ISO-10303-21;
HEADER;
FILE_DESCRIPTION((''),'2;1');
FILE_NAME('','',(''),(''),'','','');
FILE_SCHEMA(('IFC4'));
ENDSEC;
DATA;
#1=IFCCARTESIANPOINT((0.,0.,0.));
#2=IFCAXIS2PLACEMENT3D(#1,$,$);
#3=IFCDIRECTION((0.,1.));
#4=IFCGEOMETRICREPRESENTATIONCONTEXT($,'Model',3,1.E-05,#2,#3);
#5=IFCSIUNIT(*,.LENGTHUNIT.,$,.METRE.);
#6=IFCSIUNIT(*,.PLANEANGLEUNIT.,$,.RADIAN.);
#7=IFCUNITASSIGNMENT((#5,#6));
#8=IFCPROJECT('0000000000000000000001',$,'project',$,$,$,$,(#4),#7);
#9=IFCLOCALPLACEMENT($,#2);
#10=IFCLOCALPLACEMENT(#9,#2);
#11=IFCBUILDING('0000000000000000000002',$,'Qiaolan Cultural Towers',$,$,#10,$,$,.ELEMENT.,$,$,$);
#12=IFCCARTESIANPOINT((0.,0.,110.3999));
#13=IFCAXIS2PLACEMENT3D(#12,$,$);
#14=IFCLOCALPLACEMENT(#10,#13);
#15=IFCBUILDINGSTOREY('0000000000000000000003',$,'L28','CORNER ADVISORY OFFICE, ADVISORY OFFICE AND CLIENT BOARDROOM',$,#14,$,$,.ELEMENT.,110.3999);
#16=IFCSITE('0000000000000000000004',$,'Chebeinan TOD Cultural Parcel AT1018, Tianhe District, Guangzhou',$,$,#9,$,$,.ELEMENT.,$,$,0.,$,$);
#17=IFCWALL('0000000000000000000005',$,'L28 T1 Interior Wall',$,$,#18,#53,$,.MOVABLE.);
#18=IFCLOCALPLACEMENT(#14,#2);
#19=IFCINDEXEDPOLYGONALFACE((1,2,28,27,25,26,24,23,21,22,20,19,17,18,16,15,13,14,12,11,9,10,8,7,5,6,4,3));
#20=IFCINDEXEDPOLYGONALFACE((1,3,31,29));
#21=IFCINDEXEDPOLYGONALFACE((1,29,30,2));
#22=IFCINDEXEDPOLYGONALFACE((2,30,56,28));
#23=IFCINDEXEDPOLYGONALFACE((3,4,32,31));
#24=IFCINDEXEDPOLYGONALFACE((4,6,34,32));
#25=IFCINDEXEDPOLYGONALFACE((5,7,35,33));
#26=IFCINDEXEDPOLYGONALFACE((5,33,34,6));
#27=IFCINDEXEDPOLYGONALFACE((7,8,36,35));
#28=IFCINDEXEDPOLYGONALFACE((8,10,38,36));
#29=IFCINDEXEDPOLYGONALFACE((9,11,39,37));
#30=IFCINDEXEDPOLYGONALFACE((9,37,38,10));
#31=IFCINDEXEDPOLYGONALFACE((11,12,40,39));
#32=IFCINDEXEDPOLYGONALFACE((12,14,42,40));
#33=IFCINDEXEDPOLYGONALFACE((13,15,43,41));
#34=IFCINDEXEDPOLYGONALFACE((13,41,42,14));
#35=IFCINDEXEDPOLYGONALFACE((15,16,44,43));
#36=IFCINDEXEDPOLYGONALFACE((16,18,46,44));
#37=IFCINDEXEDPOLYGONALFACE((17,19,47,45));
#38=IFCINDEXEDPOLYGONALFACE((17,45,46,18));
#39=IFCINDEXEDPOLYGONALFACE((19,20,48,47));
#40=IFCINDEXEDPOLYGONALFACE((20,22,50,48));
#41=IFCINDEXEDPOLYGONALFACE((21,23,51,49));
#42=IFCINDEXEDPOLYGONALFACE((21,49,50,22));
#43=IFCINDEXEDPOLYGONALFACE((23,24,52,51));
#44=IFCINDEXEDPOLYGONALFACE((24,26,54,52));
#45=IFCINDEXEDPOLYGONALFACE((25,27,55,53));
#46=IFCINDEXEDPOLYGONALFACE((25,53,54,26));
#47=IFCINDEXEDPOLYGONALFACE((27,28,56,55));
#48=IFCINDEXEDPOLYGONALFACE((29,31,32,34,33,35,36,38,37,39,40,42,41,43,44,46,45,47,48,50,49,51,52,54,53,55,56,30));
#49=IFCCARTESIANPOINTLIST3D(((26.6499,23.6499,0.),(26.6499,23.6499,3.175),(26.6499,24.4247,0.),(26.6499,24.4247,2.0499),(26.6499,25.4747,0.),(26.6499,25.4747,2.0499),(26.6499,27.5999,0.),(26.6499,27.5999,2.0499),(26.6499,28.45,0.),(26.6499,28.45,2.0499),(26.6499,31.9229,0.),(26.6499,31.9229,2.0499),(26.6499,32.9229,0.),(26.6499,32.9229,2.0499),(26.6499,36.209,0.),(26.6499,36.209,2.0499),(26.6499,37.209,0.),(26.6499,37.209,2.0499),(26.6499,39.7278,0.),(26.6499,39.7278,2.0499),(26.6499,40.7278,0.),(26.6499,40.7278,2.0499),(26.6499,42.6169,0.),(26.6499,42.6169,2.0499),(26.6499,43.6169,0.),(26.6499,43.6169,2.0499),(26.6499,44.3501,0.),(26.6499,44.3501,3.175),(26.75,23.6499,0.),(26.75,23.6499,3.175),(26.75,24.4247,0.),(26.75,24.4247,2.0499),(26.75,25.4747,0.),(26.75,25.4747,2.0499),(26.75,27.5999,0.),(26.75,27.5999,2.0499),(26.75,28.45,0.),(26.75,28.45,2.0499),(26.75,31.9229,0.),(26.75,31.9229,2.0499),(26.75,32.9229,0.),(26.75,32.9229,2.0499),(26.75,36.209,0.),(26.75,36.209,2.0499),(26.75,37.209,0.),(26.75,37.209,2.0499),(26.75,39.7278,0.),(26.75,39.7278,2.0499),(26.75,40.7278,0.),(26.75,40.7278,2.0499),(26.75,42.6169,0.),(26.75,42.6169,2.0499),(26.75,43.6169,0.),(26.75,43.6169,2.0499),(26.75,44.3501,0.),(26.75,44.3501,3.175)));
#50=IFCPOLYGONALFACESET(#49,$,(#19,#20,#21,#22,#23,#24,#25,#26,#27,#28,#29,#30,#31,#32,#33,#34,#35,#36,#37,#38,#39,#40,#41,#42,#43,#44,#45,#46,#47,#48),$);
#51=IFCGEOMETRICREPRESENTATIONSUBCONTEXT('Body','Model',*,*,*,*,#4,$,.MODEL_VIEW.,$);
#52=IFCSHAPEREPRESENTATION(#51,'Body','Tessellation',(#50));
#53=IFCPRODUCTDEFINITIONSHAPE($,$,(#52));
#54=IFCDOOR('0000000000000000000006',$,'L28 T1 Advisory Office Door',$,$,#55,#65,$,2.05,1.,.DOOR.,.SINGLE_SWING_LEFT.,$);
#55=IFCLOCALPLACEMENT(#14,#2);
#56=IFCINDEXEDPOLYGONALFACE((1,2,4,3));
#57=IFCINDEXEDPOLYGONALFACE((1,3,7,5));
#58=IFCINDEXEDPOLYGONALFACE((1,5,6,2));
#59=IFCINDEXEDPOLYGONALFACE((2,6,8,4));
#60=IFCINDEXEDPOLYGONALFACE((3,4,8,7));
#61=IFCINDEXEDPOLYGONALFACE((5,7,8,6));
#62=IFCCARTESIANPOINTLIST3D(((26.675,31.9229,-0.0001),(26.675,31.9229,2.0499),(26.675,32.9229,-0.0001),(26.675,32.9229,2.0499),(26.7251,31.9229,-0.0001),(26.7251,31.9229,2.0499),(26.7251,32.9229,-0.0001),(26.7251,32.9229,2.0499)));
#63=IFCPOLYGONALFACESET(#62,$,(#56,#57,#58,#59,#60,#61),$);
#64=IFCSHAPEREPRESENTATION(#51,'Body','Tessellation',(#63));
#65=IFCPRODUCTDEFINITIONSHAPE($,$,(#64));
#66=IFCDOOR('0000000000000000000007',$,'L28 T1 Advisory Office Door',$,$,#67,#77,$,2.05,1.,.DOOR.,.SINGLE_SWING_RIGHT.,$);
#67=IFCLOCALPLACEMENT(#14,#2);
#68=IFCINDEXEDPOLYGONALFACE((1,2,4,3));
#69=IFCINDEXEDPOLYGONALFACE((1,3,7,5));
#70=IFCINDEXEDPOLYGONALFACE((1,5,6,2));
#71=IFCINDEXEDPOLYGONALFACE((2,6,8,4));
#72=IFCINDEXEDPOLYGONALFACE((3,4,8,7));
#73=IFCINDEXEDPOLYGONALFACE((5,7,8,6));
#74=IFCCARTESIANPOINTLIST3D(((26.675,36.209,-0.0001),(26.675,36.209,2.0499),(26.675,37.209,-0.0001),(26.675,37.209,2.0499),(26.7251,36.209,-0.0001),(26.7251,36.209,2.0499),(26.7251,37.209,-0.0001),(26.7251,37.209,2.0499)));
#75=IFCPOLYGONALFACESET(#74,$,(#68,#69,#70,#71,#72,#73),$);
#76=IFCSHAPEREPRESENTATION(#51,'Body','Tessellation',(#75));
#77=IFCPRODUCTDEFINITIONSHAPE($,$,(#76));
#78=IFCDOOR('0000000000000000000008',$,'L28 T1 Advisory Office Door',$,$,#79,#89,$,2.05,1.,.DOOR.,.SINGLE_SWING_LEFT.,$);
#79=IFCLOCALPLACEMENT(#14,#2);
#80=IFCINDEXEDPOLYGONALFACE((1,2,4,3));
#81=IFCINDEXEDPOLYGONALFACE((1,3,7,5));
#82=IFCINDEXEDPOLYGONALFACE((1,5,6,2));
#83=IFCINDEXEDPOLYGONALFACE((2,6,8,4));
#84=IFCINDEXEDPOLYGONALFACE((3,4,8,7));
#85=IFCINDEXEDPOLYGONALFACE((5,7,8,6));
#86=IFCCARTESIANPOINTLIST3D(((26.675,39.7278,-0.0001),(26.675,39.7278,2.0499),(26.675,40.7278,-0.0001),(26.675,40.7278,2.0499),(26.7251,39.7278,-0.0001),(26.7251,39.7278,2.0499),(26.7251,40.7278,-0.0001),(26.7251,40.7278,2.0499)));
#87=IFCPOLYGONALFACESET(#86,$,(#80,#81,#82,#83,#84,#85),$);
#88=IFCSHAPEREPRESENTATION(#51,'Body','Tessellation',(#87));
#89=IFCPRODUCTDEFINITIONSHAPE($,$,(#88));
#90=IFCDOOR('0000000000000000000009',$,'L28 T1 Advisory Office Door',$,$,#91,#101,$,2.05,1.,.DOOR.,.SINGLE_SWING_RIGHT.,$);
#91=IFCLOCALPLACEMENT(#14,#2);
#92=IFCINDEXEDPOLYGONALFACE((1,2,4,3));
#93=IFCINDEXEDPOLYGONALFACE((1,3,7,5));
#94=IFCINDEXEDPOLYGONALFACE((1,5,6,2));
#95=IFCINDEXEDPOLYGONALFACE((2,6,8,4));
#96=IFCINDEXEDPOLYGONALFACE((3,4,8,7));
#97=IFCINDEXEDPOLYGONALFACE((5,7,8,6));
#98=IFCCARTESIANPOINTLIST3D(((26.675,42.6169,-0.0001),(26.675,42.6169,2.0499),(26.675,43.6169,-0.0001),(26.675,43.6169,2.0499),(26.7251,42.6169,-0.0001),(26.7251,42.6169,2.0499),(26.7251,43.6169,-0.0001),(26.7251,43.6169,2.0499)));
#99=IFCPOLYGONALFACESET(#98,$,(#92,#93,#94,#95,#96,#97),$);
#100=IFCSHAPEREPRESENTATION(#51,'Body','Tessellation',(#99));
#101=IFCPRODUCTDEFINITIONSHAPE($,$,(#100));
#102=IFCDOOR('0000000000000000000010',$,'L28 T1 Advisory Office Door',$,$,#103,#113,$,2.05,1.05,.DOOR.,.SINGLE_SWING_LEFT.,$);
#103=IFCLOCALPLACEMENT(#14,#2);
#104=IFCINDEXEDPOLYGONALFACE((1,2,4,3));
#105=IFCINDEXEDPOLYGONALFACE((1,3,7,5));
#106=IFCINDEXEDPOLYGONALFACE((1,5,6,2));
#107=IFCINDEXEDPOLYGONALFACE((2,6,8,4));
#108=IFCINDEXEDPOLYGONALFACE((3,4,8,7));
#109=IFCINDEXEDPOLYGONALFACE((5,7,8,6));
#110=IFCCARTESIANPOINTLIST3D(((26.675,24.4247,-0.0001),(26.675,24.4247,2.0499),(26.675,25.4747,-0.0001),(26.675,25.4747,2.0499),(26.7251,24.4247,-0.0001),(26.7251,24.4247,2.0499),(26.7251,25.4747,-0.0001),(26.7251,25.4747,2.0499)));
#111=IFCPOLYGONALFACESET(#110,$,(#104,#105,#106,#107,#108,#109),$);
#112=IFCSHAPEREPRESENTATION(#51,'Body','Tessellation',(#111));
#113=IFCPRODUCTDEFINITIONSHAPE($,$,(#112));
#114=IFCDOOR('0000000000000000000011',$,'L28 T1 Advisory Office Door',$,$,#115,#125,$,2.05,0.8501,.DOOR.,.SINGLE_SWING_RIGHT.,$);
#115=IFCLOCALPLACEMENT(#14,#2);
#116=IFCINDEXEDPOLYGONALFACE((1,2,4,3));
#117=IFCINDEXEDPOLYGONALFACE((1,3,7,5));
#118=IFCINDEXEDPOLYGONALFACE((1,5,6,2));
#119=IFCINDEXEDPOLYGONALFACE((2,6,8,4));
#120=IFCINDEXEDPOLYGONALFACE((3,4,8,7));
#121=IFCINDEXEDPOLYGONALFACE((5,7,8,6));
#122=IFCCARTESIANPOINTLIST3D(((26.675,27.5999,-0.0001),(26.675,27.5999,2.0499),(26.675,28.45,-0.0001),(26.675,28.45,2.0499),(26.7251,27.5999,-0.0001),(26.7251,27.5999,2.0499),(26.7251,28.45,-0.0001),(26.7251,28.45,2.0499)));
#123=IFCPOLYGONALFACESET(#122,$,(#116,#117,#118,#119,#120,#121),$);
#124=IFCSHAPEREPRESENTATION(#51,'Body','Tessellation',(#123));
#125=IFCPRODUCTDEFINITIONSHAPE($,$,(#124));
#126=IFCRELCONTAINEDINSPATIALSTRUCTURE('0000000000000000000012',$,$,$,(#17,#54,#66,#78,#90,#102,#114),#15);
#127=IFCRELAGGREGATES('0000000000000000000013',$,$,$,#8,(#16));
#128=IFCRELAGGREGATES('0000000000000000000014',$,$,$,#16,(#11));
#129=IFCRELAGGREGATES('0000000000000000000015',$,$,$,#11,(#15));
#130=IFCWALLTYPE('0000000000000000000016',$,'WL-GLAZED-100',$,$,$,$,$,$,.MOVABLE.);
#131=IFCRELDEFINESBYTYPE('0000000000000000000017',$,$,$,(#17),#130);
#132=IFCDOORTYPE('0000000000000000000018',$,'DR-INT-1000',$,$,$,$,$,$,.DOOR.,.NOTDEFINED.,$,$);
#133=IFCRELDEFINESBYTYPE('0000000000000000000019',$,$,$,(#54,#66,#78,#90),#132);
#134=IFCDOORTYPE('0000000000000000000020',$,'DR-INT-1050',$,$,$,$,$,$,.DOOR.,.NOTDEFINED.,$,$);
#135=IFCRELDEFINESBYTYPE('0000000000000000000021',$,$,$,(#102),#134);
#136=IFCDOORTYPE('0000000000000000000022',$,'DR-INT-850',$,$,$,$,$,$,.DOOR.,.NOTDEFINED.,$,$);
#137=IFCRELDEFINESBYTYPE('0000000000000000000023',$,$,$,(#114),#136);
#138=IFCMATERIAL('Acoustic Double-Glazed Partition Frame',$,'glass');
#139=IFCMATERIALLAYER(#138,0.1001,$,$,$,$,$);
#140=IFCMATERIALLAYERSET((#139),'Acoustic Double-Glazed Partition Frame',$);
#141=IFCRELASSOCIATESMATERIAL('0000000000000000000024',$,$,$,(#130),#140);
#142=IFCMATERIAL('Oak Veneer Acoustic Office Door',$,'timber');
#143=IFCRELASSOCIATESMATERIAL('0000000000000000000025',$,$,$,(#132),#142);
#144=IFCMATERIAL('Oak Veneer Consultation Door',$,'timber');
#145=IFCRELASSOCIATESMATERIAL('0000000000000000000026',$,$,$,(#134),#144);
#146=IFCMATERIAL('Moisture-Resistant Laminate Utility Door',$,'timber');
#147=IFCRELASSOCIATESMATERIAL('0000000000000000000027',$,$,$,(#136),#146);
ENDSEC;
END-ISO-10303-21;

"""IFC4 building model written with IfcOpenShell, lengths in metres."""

from ifc_helpers import new_model, si_unit, direction, frame, frame_2d, origin, place, context, subcontext, project, spatial, rectangle, extrude, material, layer, layer_set, type_object, element, fill, save


model = new_model("IFC4")

# Units and contexts
model_context = context("Model", 3, precision=1e-05, world=origin(), true_north=direction((0.0, 1.0)))
body_context = subcontext(model_context, "Body", "Model", "MODEL_VIEW")
ifc_project = project(units=[si_unit("LENGTHUNIT", "METRE"), si_unit("PLANEANGLEUNIT", "RADIAN")], contexts=[model_context])

# Site, building, storey
site_placement = place(None, origin())
site = spatial("IfcSite", under=ifc_project, at=site_placement, Name="Chebeinan TOD Cultural Parcel AT1018, Tianhe District, Guangzhou", CompositionType="ELEMENT", RefElevation=0.0)
building_placement = place(site_placement, origin())
building = spatial("IfcBuilding", under=site, at=building_placement, Name="Qiaolan Cultural Towers", CompositionType="ELEMENT")
storey_placement = place(building_placement, frame((0.0, 0.0, 110.3999)))
storey = spatial("IfcBuildingStorey", under=building, at=storey_placement, Name="L28", Description="CORNER ADVISORY OFFICE, ADVISORY OFFICE AND CLIENT BOARDROOM", CompositionType="ELEMENT", Elevation=110.3999)

# Shared definitions
ifc_material_1 = material(Name="Acoustic Double-Glazed Partition Frame", Category="glass")
ifc_layer_1 = layer(ifc_material_1, 0.1001)
ifc_layer_set_1 = layer_set([ifc_layer_1], Name="Acoustic Double-Glazed Partition Frame")
wall_type_1 = type_object("IfcWallType", Name="WL-GLAZED-100", PredefinedType="MOVABLE", material=ifc_layer_set_1)

# Wall, openings, doors
wall_1_placement = place(storey_placement, frame((26.7, 23.6499, 0.0), z_axis=(0.0, 0.0, 1.0), x_axis=(0.0, 1.0, 0.0)))
wall_1 = element("IfcWall", 1, at=wall_1_placement, inside=storey, type_object=wall_type_1, Name="L28 T1 Interior Wall", PredefinedType="MOVABLE", context=body_context, shape_type="SweptSolid", body=[
    extrude(rectangle(XDim=20.7002, YDim=0.1001, at=frame_2d((10.3501, 0.0))), origin(), (0.0, 0.0, 1.0), 3.175),
])
opening_1_placement = place(wall_1_placement, frame((0.7749, 0.0, 0.0)))
opening_1 = element("IfcOpeningElement", 2, at=opening_1_placement, cuts=wall_1, PredefinedType="OPENING", context=body_context, shape_type="SweptSolid", body=[
    extrude(rectangle(XDim=1.05, YDim=2.05, at=frame_2d((0.5249, 1.0249))), frame((0.0, 0.0601, 0.0), z_axis=(0.0, -1.0, 0.0), x_axis=(1.0, 0.0, 0.0)), (0.0, 0.0, 1.0), 0.1201),
])
opening_2_placement = place(wall_1_placement, frame((3.95, 0.0, 0.0)))
opening_2 = element("IfcOpeningElement", 3, at=opening_2_placement, cuts=wall_1, PredefinedType="OPENING", context=body_context, shape_type="SweptSolid", body=[
    extrude(rectangle(XDim=0.8501, YDim=2.05, at=frame_2d((0.425, 1.0249))), frame((0.0, 0.0601, 0.0), z_axis=(0.0, -1.0, 0.0), x_axis=(1.0, 0.0, 0.0)), (0.0, 0.0, 1.0), 0.1201),
])
opening_3_placement = place(wall_1_placement, frame((8.2729, 0.0, 0.0)))
opening_3 = element("IfcOpeningElement", 4, at=opening_3_placement, cuts=wall_1, PredefinedType="OPENING", context=body_context, shape_type="SweptSolid", body=[
    extrude(rectangle(XDim=1.0, YDim=2.05, at=frame_2d((0.5, 1.0249))), frame((0.0, 0.0601, 0.0), z_axis=(0.0, -1.0, 0.0), x_axis=(1.0, 0.0, 0.0)), (0.0, 0.0, 1.0), 0.1201),
])
opening_4_placement = place(wall_1_placement, frame((12.5591, 0.0, 0.0)))
opening_4 = element("IfcOpeningElement", 5, at=opening_4_placement, cuts=wall_1, PredefinedType="OPENING", context=body_context, shape_type="SweptSolid", body=[
    extrude(rectangle(XDim=1.0, YDim=2.05, at=frame_2d((0.5, 1.0249))), frame((0.0, 0.0601, 0.0), z_axis=(0.0, -1.0, 0.0), x_axis=(1.0, 0.0, 0.0)), (0.0, 0.0, 1.0), 0.1201),
])
opening_5_placement = place(wall_1_placement, frame((16.0779, 0.0, 0.0)))
opening_5 = element("IfcOpeningElement", 6, at=opening_5_placement, cuts=wall_1, PredefinedType="OPENING", context=body_context, shape_type="SweptSolid", body=[
    extrude(rectangle(XDim=1.0, YDim=2.05, at=frame_2d((0.5, 1.0249))), frame((0.0, 0.0601, 0.0), z_axis=(0.0, -1.0, 0.0), x_axis=(1.0, 0.0, 0.0)), (0.0, 0.0, 1.0), 0.1201),
])
opening_6_placement = place(wall_1_placement, frame((18.967, 0.0, 0.0)))
opening_6 = element("IfcOpeningElement", 7, at=opening_6_placement, cuts=wall_1, PredefinedType="OPENING", context=body_context, shape_type="SweptSolid", body=[
    extrude(rectangle(XDim=1.0, YDim=2.05, at=frame_2d((0.5, 1.0249))), frame((0.0, 0.0601, 0.0), z_axis=(0.0, -1.0, 0.0), x_axis=(1.0, 0.0, 0.0)), (0.0, 0.0, 1.0), 0.1201),
])
ifc_material_2 = material(Name="Oak Veneer Acoustic Office Door", Category="timber")
door_type_1 = type_object("IfcDoorType", Name="DR-INT-1000", OperationType="NOTDEFINED", PredefinedType="DOOR", material=ifc_material_2)
door_1_placement = place(opening_3_placement, origin())
door_1 = element("IfcDoor", 8, at=door_1_placement, inside=storey, type_object=door_type_1, Name="L28 T1 Advisory Office Door", OperationType="SINGLE_SWING_LEFT", OverallHeight=2.05, OverallWidth=1.0, PredefinedType="DOOR", context=body_context, shape_type="SweptSolid", body=[
    extrude(rectangle(XDim=1.0, YDim=2.05, at=frame_2d((0.5, 1.0249))), frame((0.0, 0.0249, 0.0), z_axis=(0.0, -1.0, 0.0), x_axis=(1.0, 0.0, 0.0)), (0.0, 0.0, 1.0), 0.05),
])
fill(opening_3, door_1)
door_2_placement = place(opening_4_placement, origin())
door_2 = element("IfcDoor", 9, at=door_2_placement, inside=storey, type_object=door_type_1, Name="L28 T1 Advisory Office Door", OperationType="SINGLE_SWING_RIGHT", OverallHeight=2.05, OverallWidth=1.0, PredefinedType="DOOR", context=body_context, shape_type="SweptSolid", body=[
    extrude(rectangle(XDim=1.0, YDim=2.05, at=frame_2d((0.5, 1.0249))), frame((0.0, 0.0249, 0.0), z_axis=(0.0, -1.0, 0.0), x_axis=(1.0, 0.0, 0.0)), (0.0, 0.0, 1.0), 0.05),
])
fill(opening_4, door_2)
door_3_placement = place(opening_5_placement, origin())
door_3 = element("IfcDoor", 10, at=door_3_placement, inside=storey, type_object=door_type_1, Name="L28 T1 Advisory Office Door", OperationType="SINGLE_SWING_LEFT", OverallHeight=2.05, OverallWidth=1.0, PredefinedType="DOOR", context=body_context, shape_type="SweptSolid", body=[
    extrude(rectangle(XDim=1.0, YDim=2.05, at=frame_2d((0.5, 1.0249))), frame((0.0, 0.0249, 0.0), z_axis=(0.0, -1.0, 0.0), x_axis=(1.0, 0.0, 0.0)), (0.0, 0.0, 1.0), 0.05),
])
fill(opening_5, door_3)
door_4_placement = place(opening_6_placement, origin())
door_4 = element("IfcDoor", 11, at=door_4_placement, inside=storey, type_object=door_type_1, Name="L28 T1 Advisory Office Door", OperationType="SINGLE_SWING_RIGHT", OverallHeight=2.05, OverallWidth=1.0, PredefinedType="DOOR", context=body_context, shape_type="SweptSolid", body=[
    extrude(rectangle(XDim=1.0, YDim=2.05, at=frame_2d((0.5, 1.0249))), frame((0.0, 0.0249, 0.0), z_axis=(0.0, -1.0, 0.0), x_axis=(1.0, 0.0, 0.0)), (0.0, 0.0, 1.0), 0.05),
])
fill(opening_6, door_4)
ifc_material_3 = material(Name="Oak Veneer Consultation Door", Category="timber")
door_type_2 = type_object("IfcDoorType", Name="DR-INT-1050", OperationType="NOTDEFINED", PredefinedType="DOOR", material=ifc_material_3)
door_5_placement = place(opening_1_placement, origin())
door_5 = element("IfcDoor", 12, at=door_5_placement, inside=storey, type_object=door_type_2, Name="L28 T1 Advisory Office Door", OperationType="SINGLE_SWING_LEFT", OverallHeight=2.05, OverallWidth=1.05, PredefinedType="DOOR", context=body_context, shape_type="SweptSolid", body=[
    extrude(rectangle(XDim=1.05, YDim=2.05, at=frame_2d((0.5249, 1.0249))), frame((0.0, 0.0249, 0.0), z_axis=(0.0, -1.0, 0.0), x_axis=(1.0, 0.0, 0.0)), (0.0, 0.0, 1.0), 0.05),
])
fill(opening_1, door_5)
ifc_material_4 = material(Name="Moisture-Resistant Laminate Utility Door", Category="timber")
door_type_3 = type_object("IfcDoorType", Name="DR-INT-850", OperationType="NOTDEFINED", PredefinedType="DOOR", material=ifc_material_4)
door_6_placement = place(opening_2_placement, origin())
door_6 = element("IfcDoor", 13, at=door_6_placement, inside=storey, type_object=door_type_3, Name="L28 T1 Advisory Office Door", OperationType="SINGLE_SWING_RIGHT", OverallHeight=2.05, OverallWidth=0.8501, PredefinedType="DOOR", context=body_context, shape_type="SweptSolid", body=[
    extrude(rectangle(XDim=0.8501, YDim=2.05, at=frame_2d((0.425, 1.0249))), frame((0.0, 0.0249, 0.0), z_axis=(0.0, -1.0, 0.0), x_axis=(1.0, 0.0, 0.0)), (0.0, 0.0, 1.0), 0.05),
])
fill(opening_2, door_6)

save(model, "model.ifc")
